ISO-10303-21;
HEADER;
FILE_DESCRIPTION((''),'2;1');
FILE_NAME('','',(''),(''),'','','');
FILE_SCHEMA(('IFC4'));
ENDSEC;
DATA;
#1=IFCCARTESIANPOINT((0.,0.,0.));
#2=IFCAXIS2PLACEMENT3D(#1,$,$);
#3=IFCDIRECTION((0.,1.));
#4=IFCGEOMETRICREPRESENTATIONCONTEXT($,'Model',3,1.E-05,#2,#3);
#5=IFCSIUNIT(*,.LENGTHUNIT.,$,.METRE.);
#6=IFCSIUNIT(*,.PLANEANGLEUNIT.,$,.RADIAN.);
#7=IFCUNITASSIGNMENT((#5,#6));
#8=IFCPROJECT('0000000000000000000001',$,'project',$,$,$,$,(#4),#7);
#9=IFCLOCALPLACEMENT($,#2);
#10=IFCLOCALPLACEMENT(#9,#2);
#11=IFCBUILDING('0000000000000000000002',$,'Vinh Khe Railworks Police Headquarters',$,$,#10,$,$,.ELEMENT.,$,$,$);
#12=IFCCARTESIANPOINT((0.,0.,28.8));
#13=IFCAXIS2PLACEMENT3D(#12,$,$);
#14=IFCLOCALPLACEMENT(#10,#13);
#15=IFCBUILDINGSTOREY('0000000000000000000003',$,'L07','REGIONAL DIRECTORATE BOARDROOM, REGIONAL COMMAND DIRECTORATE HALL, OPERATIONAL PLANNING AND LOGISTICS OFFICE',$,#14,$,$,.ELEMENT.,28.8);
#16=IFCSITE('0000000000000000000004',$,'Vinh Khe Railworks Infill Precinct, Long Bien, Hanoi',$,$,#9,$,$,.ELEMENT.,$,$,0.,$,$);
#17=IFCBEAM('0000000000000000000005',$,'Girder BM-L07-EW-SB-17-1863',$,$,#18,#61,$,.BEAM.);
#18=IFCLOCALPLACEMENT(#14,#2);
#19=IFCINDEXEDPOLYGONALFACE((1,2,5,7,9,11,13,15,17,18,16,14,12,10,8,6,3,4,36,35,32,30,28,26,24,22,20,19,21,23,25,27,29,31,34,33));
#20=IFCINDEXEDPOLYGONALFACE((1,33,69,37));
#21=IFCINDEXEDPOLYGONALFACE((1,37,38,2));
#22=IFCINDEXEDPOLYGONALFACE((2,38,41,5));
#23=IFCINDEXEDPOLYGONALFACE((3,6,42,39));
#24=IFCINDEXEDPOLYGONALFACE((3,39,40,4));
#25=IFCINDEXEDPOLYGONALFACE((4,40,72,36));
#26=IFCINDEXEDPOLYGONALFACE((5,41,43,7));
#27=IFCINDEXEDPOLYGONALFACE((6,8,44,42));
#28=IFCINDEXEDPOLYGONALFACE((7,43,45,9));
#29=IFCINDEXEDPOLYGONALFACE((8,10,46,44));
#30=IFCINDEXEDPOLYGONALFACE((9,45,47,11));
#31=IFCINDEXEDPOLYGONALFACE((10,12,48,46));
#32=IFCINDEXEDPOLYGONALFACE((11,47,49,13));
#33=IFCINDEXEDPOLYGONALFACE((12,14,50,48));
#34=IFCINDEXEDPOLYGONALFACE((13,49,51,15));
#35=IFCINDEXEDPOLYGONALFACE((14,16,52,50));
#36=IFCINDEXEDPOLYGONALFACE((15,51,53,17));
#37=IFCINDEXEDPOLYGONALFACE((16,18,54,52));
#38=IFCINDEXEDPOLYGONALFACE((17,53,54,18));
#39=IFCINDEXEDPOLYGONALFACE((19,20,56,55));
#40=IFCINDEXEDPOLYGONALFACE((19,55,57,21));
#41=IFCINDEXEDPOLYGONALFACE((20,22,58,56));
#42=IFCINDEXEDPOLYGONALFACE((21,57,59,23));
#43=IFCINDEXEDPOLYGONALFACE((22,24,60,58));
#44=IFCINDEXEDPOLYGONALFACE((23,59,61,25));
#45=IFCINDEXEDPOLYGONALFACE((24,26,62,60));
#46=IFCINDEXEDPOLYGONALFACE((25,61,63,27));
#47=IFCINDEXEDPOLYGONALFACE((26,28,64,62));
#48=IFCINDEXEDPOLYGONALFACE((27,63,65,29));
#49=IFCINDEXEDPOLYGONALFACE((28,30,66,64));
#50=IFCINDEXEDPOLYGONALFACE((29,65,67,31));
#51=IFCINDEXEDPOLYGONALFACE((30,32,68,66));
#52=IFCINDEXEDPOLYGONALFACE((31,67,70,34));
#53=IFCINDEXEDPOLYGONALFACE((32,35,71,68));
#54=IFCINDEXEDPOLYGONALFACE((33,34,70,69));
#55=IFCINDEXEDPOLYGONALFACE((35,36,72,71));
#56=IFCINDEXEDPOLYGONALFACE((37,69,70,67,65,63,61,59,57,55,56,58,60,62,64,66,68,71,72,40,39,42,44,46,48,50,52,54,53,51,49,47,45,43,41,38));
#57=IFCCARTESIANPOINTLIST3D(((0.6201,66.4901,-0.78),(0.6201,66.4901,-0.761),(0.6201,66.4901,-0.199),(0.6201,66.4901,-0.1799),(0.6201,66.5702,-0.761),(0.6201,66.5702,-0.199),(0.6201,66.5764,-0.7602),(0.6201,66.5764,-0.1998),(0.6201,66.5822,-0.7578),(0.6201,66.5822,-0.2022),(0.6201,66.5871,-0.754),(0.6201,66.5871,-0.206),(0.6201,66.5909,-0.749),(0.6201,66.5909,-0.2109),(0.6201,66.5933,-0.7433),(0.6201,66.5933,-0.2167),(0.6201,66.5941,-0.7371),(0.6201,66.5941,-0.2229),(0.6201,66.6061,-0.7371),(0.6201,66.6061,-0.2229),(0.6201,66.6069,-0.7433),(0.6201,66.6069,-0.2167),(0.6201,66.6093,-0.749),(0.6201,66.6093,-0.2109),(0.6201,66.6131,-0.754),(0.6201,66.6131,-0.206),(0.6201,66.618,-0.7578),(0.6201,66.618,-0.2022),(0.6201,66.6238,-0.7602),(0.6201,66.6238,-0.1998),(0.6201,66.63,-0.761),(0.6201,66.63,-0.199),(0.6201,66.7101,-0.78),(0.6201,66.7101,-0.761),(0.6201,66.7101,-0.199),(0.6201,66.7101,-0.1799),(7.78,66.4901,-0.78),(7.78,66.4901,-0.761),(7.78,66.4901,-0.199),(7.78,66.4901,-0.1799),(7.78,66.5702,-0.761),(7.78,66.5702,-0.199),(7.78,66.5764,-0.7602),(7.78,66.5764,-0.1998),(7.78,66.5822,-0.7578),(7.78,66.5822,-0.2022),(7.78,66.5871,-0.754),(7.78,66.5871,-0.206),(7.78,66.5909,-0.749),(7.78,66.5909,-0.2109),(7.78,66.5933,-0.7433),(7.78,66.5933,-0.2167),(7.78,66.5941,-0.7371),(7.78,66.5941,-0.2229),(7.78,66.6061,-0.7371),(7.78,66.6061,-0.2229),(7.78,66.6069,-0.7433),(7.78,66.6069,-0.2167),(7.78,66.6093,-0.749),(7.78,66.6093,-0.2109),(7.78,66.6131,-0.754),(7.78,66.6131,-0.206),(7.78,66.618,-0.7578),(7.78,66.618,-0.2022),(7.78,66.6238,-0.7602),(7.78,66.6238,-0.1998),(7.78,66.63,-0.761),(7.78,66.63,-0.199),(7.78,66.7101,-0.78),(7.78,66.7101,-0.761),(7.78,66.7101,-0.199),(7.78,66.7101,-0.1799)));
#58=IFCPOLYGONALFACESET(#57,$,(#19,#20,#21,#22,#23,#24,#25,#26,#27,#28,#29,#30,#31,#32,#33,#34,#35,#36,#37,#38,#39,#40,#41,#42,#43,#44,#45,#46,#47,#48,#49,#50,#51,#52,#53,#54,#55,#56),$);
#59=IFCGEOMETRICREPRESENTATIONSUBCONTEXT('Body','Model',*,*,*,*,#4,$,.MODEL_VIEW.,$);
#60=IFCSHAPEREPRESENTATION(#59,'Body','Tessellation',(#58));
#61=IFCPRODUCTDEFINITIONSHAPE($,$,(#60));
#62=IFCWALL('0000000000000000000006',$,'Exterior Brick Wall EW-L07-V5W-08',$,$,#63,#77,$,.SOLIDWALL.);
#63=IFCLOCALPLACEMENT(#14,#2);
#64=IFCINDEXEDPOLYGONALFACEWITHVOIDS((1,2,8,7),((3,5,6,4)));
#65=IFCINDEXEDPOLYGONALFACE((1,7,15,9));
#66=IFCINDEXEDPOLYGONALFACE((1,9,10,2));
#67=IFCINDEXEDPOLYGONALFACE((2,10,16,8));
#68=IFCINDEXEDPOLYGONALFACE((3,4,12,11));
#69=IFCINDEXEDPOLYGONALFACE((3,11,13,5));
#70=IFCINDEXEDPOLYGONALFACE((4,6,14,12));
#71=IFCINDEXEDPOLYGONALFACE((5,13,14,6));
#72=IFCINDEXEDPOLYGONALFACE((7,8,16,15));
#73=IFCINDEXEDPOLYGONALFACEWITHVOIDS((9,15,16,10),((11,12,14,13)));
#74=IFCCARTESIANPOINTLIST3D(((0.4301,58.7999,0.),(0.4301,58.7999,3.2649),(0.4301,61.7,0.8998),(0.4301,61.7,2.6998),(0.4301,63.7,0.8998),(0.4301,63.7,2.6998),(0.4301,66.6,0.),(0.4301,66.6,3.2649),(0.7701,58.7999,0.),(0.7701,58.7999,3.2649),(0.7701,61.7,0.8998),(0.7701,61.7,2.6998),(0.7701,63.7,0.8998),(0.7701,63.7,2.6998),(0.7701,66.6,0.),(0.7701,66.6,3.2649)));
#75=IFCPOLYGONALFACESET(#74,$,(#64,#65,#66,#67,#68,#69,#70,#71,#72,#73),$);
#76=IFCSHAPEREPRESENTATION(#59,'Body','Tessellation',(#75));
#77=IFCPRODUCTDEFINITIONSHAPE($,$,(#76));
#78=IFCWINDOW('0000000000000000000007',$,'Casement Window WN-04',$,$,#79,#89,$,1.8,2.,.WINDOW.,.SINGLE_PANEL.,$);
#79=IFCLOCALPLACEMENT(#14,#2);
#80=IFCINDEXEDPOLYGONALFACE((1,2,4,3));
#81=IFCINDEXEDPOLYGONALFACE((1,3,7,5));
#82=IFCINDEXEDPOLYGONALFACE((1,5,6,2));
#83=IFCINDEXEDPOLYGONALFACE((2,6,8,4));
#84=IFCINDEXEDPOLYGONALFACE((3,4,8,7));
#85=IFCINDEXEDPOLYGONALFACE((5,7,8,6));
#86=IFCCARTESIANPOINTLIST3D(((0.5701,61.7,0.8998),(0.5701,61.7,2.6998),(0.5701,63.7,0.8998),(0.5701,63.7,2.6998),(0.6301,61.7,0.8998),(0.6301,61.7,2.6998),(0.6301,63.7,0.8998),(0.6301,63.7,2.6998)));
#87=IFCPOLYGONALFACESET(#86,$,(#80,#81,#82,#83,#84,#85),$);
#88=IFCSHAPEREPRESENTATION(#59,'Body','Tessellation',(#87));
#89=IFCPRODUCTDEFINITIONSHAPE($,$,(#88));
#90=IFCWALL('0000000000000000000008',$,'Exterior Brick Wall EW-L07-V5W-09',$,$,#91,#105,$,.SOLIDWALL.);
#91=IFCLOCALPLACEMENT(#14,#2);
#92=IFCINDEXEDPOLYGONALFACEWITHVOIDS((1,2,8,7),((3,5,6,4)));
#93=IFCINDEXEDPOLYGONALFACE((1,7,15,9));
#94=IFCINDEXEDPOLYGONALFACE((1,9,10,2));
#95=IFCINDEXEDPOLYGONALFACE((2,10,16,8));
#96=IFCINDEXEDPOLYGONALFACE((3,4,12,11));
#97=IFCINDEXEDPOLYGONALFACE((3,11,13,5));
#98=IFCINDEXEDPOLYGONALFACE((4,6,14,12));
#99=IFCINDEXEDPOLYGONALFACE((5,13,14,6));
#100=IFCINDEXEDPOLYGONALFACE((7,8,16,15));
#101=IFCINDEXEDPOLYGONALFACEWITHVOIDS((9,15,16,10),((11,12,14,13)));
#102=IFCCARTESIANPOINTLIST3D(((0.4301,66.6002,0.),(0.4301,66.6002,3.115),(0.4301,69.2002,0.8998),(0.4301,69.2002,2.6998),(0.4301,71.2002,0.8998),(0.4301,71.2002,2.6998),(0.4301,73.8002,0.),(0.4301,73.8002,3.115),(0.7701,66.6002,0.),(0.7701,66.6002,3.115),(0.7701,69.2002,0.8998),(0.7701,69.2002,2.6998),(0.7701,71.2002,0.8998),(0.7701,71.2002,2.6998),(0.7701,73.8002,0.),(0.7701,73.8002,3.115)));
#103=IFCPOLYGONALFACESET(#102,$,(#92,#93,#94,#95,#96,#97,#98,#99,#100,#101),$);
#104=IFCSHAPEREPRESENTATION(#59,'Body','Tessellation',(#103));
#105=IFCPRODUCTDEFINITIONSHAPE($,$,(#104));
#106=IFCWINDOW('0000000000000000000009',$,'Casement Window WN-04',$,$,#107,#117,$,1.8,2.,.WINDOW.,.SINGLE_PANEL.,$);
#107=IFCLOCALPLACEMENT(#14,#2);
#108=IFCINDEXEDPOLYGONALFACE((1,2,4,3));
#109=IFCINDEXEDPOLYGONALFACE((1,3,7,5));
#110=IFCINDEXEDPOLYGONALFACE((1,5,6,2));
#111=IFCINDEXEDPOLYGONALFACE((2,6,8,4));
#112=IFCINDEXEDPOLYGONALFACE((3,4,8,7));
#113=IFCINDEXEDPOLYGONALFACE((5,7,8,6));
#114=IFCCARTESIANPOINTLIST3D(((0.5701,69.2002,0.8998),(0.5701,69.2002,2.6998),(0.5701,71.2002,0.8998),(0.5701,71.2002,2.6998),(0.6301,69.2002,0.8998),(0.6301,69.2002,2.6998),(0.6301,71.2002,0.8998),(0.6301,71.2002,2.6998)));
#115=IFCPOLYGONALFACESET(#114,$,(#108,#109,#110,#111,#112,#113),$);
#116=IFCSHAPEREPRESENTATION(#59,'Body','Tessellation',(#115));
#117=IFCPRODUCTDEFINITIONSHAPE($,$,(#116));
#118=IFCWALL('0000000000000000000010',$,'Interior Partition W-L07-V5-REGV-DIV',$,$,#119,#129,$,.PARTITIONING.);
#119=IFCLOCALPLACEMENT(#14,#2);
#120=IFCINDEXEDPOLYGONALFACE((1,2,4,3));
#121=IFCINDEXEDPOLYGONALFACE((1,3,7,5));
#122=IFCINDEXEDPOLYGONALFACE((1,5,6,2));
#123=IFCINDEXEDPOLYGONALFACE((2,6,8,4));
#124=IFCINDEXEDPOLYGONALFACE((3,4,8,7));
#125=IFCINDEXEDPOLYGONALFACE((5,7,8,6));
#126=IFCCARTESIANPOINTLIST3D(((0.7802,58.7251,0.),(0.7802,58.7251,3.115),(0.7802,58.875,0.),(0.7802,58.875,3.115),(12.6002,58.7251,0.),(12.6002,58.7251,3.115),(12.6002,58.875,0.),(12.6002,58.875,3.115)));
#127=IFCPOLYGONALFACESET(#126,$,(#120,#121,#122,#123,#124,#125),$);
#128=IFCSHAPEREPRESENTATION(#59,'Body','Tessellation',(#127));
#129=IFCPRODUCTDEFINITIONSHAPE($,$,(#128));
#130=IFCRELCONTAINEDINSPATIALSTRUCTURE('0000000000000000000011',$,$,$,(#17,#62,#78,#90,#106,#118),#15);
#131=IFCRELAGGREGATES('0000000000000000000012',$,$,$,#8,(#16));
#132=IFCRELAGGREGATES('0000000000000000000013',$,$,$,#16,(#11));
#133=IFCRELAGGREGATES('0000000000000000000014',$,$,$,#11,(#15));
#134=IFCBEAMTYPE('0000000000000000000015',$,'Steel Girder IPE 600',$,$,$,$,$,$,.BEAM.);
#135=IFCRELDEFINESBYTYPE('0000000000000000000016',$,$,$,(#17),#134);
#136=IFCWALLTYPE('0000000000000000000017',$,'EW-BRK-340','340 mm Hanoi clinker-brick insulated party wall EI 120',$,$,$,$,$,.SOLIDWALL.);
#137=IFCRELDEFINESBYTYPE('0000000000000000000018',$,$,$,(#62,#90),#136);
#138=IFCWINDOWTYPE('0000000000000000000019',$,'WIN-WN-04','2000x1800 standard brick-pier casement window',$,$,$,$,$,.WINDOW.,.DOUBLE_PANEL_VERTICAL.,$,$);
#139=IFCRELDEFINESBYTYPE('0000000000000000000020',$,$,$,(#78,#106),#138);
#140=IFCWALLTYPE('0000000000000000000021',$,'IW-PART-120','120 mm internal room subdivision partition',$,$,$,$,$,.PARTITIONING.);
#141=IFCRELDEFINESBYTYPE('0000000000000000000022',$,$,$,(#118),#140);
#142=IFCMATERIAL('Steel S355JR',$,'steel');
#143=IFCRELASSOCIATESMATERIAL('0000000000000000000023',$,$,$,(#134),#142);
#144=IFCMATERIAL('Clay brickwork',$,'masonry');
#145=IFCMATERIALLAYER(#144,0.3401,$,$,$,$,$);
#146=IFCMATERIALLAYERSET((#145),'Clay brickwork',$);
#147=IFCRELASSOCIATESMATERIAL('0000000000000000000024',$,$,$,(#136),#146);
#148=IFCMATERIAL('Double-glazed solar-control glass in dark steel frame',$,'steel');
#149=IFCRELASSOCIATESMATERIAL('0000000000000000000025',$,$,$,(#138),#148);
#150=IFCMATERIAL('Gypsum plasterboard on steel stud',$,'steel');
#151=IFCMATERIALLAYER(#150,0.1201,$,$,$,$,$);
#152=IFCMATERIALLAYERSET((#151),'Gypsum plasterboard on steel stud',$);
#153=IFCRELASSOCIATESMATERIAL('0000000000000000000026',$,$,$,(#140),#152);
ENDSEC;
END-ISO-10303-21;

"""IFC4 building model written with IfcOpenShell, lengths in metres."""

from ifc_helpers import new_model, si_unit, direction, frame, frame_2d, origin, origin_2d, place, context, subcontext, project, spatial, rectangle, i_section, extrude, material, layer, layer_set, material_profile, profile_set, type_object, element, fill, save


model = new_model("IFC4")

# Units and contexts
model_context = context("Model", 3, precision=1e-05, world=origin(), true_north=direction((0.0, 1.0)))
body_context = subcontext(model_context, "Body", "Model", "MODEL_VIEW")
ifc_project = project(units=[si_unit("LENGTHUNIT", "METRE"), si_unit("PLANEANGLEUNIT", "RADIAN")], contexts=[model_context])

# Site, building, storey
site_placement = place(None, origin())
site = spatial("IfcSite", under=ifc_project, at=site_placement, Name="Vinh Khe Railworks Infill Precinct, Long Bien, Hanoi", CompositionType="ELEMENT", RefElevation=0.0)
building_placement = place(site_placement, origin())
building = spatial("IfcBuilding", under=site, at=building_placement, Name="Vinh Khe Railworks Police Headquarters", CompositionType="ELEMENT")
storey_placement = place(building_placement, frame((0.0, 0.0, 28.8)))
storey = spatial("IfcBuildingStorey", under=building, at=storey_placement, Name="L07", Description="REGIONAL DIRECTORATE BOARDROOM, REGIONAL COMMAND DIRECTORATE HALL, OPERATIONAL PLANNING AND LOGISTICS OFFICE", CompositionType="ELEMENT", Elevation=28.8)

# Shared definitions
ifc_material_1 = material(Name="Steel S355JR", Category="steel")

# Beam
ifc_material_profile_1 = material_profile(ifc_material_1, i_section(OverallWidth=0.22, OverallDepth=0.6001, WebThickness=0.012, FlangeThickness=0.019, FilletRadius=0.0239, at=origin_2d()), Name="IPE 600")
ifc_profile_set_1 = profile_set([ifc_material_profile_1], Name="Steel S355JR")
beam_type_1 = type_object("IfcBeamType", Name="Steel Girder IPE 600", PredefinedType="BEAM", material=ifc_profile_set_1)
beam_1_placement = place(storey_placement, frame((0.6201, 66.6001, -0.48), z_axis=(1.0, 0.0, 0.0), x_axis=(0.0, 1.0, 0.0)))
element("IfcBeam", 1, at=beam_1_placement, inside=storey, type_object=beam_type_1, Name="Girder BM-L07-EW-SB-17-1863", PredefinedType="BEAM", context=body_context, shape_type="SweptSolid", body=[
    extrude(i_section(OverallWidth=0.22, OverallDepth=0.6001, WebThickness=0.012, FlangeThickness=0.019, FilletRadius=0.0239, at=origin_2d()), origin(), (0.0, 0.0, 1.0), 7.1599),
])

# Walls, openings, windows
ifc_material_2 = material(Name="Clay brickwork", Category="masonry")
ifc_layer_1 = layer(ifc_material_2, 0.3401)
ifc_layer_set_1 = layer_set([ifc_layer_1], Name="Clay brickwork")
wall_type_1 = type_object("IfcWallType", Name="EW-BRK-340", Description="340 mm Hanoi clinker-brick insulated party wall EI 120", PredefinedType="SOLIDWALL", material=ifc_layer_set_1)
wall_1_placement = place(storey_placement, frame((0.6001, 58.8, 0.0), z_axis=(0.0, 0.0, 1.0), x_axis=(0.0, 1.0, 0.0)))
wall_1 = element("IfcWall", 2, at=wall_1_placement, inside=storey, type_object=wall_type_1, Name="Exterior Brick Wall EW-L07-V5W-08", PredefinedType="SOLIDWALL", context=body_context, shape_type="SweptSolid", body=[
    extrude(rectangle(XDim=7.8, YDim=0.3401, at=frame_2d((3.8999, 0.0))), origin(), (0.0, 0.0, 1.0), 3.2649),
])
opening_1_placement = place(wall_1_placement, frame((2.8999, 0.0, 0.8999)))
opening_1 = element("IfcOpeningElement", 3, at=opening_1_placement, cuts=wall_1, PredefinedType="OPENING", context=body_context, shape_type="SweptSolid", body=[
    extrude(rectangle(XDim=2.0, YDim=1.8, at=frame_2d((1.0, 0.8999))), frame((0.0, 0.1851, 0.0), z_axis=(0.0, -1.0, 0.0), x_axis=(1.0, 0.0, 0.0)), (0.0, 0.0, 1.0), 0.3699),
])
ifc_material_3 = material(Name="Double-glazed solar-control glass in dark steel frame", Category="steel")
window_type = type_object("IfcWindowType", Name="WIN-WN-04", Description="2000x1800 standard brick-pier casement window", PartitioningType="DOUBLE_PANEL_VERTICAL", PredefinedType="WINDOW", material=ifc_material_3)
window_1_placement = place(opening_1_placement, origin())
window_1 = element("IfcWindow", 4, at=window_1_placement, inside=storey, type_object=window_type, Name="Casement Window WN-04", OverallHeight=1.8, OverallWidth=2.0, PartitioningType="SINGLE_PANEL", PredefinedType="WINDOW", context=body_context, shape_type="SweptSolid", body=[
    extrude(rectangle(XDim=2.0, YDim=1.8, at=frame_2d((1.0, 0.8999))), frame((0.0, 0.03, 0.0), z_axis=(0.0, -1.0, 0.0), x_axis=(1.0, 0.0, 0.0)), (0.0, 0.0, 1.0), 0.0601),
])
fill(opening_1, window_1)
wall_2_placement = place(storey_placement, frame((0.6001, 66.6001, 0.0), z_axis=(0.0, 0.0, 1.0), x_axis=(0.0, 1.0, 0.0)))
wall_2 = element("IfcWall", 5, at=wall_2_placement, inside=storey, type_object=wall_type_1, Name="Exterior Brick Wall EW-L07-V5W-09", PredefinedType="SOLIDWALL", context=body_context, shape_type="SweptSolid", body=[
    extrude(rectangle(XDim=7.2, YDim=0.3401, at=frame_2d((3.6001, 0.0))), origin(), (0.0, 0.0, 1.0), 3.115),
])
opening_2_placement = place(wall_2_placement, frame((2.6001, 0.0, 0.8999)))
opening_2 = element("IfcOpeningElement", 6, at=opening_2_placement, cuts=wall_2, PredefinedType="OPENING", context=body_context, shape_type="SweptSolid", body=[
    extrude(rectangle(XDim=2.0, YDim=1.8, at=frame_2d((1.0, 0.8999))), frame((0.0, 0.1851, 0.0), z_axis=(0.0, -1.0, 0.0), x_axis=(1.0, 0.0, 0.0)), (0.0, 0.0, 1.0), 0.3699),
])
window_2_placement = place(opening_2_placement, origin())
window_2 = element("IfcWindow", 7, at=window_2_placement, inside=storey, type_object=window_type, Name="Casement Window WN-04", OverallHeight=1.8, OverallWidth=2.0, PartitioningType="SINGLE_PANEL", PredefinedType="WINDOW", context=body_context, shape_type="SweptSolid", body=[
    extrude(rectangle(XDim=2.0, YDim=1.8, at=frame_2d((1.0, 0.8999))), frame((0.0, 0.03, 0.0), z_axis=(0.0, -1.0, 0.0), x_axis=(1.0, 0.0, 0.0)), (0.0, 0.0, 1.0), 0.0601),
])
fill(opening_2, window_2)

# Wall
ifc_material_4 = material(Name="Gypsum plasterboard on steel stud", Category="steel")
ifc_layer_2 = layer(ifc_material_4, 0.1201)
ifc_layer_set_2 = layer_set([ifc_layer_2], Name="Gypsum plasterboard on steel stud")
wall_type_2 = type_object("IfcWallType", Name="IW-PART-120", Description="120 mm internal room subdivision partition", PredefinedType="PARTITIONING", material=ifc_layer_set_2)
wall_3_placement = place(storey_placement, frame((0.78, 58.8, 0.0), z_axis=(0.0, 0.0, 1.0), x_axis=(1.0, 0.0, 0.0)))
element("IfcWall", 8, at=wall_3_placement, inside=storey, type_object=wall_type_2, Name="Interior Partition W-L07-V5-REGV-DIV", PredefinedType="PARTITIONING", context=body_context, shape_type="SweptSolid", body=[
    extrude(rectangle(XDim=11.8201, YDim=0.1499, at=frame_2d((5.9102, 0.0))), origin(), (0.0, 0.0, 1.0), 3.115),
])

save(model, "model.ifc")
